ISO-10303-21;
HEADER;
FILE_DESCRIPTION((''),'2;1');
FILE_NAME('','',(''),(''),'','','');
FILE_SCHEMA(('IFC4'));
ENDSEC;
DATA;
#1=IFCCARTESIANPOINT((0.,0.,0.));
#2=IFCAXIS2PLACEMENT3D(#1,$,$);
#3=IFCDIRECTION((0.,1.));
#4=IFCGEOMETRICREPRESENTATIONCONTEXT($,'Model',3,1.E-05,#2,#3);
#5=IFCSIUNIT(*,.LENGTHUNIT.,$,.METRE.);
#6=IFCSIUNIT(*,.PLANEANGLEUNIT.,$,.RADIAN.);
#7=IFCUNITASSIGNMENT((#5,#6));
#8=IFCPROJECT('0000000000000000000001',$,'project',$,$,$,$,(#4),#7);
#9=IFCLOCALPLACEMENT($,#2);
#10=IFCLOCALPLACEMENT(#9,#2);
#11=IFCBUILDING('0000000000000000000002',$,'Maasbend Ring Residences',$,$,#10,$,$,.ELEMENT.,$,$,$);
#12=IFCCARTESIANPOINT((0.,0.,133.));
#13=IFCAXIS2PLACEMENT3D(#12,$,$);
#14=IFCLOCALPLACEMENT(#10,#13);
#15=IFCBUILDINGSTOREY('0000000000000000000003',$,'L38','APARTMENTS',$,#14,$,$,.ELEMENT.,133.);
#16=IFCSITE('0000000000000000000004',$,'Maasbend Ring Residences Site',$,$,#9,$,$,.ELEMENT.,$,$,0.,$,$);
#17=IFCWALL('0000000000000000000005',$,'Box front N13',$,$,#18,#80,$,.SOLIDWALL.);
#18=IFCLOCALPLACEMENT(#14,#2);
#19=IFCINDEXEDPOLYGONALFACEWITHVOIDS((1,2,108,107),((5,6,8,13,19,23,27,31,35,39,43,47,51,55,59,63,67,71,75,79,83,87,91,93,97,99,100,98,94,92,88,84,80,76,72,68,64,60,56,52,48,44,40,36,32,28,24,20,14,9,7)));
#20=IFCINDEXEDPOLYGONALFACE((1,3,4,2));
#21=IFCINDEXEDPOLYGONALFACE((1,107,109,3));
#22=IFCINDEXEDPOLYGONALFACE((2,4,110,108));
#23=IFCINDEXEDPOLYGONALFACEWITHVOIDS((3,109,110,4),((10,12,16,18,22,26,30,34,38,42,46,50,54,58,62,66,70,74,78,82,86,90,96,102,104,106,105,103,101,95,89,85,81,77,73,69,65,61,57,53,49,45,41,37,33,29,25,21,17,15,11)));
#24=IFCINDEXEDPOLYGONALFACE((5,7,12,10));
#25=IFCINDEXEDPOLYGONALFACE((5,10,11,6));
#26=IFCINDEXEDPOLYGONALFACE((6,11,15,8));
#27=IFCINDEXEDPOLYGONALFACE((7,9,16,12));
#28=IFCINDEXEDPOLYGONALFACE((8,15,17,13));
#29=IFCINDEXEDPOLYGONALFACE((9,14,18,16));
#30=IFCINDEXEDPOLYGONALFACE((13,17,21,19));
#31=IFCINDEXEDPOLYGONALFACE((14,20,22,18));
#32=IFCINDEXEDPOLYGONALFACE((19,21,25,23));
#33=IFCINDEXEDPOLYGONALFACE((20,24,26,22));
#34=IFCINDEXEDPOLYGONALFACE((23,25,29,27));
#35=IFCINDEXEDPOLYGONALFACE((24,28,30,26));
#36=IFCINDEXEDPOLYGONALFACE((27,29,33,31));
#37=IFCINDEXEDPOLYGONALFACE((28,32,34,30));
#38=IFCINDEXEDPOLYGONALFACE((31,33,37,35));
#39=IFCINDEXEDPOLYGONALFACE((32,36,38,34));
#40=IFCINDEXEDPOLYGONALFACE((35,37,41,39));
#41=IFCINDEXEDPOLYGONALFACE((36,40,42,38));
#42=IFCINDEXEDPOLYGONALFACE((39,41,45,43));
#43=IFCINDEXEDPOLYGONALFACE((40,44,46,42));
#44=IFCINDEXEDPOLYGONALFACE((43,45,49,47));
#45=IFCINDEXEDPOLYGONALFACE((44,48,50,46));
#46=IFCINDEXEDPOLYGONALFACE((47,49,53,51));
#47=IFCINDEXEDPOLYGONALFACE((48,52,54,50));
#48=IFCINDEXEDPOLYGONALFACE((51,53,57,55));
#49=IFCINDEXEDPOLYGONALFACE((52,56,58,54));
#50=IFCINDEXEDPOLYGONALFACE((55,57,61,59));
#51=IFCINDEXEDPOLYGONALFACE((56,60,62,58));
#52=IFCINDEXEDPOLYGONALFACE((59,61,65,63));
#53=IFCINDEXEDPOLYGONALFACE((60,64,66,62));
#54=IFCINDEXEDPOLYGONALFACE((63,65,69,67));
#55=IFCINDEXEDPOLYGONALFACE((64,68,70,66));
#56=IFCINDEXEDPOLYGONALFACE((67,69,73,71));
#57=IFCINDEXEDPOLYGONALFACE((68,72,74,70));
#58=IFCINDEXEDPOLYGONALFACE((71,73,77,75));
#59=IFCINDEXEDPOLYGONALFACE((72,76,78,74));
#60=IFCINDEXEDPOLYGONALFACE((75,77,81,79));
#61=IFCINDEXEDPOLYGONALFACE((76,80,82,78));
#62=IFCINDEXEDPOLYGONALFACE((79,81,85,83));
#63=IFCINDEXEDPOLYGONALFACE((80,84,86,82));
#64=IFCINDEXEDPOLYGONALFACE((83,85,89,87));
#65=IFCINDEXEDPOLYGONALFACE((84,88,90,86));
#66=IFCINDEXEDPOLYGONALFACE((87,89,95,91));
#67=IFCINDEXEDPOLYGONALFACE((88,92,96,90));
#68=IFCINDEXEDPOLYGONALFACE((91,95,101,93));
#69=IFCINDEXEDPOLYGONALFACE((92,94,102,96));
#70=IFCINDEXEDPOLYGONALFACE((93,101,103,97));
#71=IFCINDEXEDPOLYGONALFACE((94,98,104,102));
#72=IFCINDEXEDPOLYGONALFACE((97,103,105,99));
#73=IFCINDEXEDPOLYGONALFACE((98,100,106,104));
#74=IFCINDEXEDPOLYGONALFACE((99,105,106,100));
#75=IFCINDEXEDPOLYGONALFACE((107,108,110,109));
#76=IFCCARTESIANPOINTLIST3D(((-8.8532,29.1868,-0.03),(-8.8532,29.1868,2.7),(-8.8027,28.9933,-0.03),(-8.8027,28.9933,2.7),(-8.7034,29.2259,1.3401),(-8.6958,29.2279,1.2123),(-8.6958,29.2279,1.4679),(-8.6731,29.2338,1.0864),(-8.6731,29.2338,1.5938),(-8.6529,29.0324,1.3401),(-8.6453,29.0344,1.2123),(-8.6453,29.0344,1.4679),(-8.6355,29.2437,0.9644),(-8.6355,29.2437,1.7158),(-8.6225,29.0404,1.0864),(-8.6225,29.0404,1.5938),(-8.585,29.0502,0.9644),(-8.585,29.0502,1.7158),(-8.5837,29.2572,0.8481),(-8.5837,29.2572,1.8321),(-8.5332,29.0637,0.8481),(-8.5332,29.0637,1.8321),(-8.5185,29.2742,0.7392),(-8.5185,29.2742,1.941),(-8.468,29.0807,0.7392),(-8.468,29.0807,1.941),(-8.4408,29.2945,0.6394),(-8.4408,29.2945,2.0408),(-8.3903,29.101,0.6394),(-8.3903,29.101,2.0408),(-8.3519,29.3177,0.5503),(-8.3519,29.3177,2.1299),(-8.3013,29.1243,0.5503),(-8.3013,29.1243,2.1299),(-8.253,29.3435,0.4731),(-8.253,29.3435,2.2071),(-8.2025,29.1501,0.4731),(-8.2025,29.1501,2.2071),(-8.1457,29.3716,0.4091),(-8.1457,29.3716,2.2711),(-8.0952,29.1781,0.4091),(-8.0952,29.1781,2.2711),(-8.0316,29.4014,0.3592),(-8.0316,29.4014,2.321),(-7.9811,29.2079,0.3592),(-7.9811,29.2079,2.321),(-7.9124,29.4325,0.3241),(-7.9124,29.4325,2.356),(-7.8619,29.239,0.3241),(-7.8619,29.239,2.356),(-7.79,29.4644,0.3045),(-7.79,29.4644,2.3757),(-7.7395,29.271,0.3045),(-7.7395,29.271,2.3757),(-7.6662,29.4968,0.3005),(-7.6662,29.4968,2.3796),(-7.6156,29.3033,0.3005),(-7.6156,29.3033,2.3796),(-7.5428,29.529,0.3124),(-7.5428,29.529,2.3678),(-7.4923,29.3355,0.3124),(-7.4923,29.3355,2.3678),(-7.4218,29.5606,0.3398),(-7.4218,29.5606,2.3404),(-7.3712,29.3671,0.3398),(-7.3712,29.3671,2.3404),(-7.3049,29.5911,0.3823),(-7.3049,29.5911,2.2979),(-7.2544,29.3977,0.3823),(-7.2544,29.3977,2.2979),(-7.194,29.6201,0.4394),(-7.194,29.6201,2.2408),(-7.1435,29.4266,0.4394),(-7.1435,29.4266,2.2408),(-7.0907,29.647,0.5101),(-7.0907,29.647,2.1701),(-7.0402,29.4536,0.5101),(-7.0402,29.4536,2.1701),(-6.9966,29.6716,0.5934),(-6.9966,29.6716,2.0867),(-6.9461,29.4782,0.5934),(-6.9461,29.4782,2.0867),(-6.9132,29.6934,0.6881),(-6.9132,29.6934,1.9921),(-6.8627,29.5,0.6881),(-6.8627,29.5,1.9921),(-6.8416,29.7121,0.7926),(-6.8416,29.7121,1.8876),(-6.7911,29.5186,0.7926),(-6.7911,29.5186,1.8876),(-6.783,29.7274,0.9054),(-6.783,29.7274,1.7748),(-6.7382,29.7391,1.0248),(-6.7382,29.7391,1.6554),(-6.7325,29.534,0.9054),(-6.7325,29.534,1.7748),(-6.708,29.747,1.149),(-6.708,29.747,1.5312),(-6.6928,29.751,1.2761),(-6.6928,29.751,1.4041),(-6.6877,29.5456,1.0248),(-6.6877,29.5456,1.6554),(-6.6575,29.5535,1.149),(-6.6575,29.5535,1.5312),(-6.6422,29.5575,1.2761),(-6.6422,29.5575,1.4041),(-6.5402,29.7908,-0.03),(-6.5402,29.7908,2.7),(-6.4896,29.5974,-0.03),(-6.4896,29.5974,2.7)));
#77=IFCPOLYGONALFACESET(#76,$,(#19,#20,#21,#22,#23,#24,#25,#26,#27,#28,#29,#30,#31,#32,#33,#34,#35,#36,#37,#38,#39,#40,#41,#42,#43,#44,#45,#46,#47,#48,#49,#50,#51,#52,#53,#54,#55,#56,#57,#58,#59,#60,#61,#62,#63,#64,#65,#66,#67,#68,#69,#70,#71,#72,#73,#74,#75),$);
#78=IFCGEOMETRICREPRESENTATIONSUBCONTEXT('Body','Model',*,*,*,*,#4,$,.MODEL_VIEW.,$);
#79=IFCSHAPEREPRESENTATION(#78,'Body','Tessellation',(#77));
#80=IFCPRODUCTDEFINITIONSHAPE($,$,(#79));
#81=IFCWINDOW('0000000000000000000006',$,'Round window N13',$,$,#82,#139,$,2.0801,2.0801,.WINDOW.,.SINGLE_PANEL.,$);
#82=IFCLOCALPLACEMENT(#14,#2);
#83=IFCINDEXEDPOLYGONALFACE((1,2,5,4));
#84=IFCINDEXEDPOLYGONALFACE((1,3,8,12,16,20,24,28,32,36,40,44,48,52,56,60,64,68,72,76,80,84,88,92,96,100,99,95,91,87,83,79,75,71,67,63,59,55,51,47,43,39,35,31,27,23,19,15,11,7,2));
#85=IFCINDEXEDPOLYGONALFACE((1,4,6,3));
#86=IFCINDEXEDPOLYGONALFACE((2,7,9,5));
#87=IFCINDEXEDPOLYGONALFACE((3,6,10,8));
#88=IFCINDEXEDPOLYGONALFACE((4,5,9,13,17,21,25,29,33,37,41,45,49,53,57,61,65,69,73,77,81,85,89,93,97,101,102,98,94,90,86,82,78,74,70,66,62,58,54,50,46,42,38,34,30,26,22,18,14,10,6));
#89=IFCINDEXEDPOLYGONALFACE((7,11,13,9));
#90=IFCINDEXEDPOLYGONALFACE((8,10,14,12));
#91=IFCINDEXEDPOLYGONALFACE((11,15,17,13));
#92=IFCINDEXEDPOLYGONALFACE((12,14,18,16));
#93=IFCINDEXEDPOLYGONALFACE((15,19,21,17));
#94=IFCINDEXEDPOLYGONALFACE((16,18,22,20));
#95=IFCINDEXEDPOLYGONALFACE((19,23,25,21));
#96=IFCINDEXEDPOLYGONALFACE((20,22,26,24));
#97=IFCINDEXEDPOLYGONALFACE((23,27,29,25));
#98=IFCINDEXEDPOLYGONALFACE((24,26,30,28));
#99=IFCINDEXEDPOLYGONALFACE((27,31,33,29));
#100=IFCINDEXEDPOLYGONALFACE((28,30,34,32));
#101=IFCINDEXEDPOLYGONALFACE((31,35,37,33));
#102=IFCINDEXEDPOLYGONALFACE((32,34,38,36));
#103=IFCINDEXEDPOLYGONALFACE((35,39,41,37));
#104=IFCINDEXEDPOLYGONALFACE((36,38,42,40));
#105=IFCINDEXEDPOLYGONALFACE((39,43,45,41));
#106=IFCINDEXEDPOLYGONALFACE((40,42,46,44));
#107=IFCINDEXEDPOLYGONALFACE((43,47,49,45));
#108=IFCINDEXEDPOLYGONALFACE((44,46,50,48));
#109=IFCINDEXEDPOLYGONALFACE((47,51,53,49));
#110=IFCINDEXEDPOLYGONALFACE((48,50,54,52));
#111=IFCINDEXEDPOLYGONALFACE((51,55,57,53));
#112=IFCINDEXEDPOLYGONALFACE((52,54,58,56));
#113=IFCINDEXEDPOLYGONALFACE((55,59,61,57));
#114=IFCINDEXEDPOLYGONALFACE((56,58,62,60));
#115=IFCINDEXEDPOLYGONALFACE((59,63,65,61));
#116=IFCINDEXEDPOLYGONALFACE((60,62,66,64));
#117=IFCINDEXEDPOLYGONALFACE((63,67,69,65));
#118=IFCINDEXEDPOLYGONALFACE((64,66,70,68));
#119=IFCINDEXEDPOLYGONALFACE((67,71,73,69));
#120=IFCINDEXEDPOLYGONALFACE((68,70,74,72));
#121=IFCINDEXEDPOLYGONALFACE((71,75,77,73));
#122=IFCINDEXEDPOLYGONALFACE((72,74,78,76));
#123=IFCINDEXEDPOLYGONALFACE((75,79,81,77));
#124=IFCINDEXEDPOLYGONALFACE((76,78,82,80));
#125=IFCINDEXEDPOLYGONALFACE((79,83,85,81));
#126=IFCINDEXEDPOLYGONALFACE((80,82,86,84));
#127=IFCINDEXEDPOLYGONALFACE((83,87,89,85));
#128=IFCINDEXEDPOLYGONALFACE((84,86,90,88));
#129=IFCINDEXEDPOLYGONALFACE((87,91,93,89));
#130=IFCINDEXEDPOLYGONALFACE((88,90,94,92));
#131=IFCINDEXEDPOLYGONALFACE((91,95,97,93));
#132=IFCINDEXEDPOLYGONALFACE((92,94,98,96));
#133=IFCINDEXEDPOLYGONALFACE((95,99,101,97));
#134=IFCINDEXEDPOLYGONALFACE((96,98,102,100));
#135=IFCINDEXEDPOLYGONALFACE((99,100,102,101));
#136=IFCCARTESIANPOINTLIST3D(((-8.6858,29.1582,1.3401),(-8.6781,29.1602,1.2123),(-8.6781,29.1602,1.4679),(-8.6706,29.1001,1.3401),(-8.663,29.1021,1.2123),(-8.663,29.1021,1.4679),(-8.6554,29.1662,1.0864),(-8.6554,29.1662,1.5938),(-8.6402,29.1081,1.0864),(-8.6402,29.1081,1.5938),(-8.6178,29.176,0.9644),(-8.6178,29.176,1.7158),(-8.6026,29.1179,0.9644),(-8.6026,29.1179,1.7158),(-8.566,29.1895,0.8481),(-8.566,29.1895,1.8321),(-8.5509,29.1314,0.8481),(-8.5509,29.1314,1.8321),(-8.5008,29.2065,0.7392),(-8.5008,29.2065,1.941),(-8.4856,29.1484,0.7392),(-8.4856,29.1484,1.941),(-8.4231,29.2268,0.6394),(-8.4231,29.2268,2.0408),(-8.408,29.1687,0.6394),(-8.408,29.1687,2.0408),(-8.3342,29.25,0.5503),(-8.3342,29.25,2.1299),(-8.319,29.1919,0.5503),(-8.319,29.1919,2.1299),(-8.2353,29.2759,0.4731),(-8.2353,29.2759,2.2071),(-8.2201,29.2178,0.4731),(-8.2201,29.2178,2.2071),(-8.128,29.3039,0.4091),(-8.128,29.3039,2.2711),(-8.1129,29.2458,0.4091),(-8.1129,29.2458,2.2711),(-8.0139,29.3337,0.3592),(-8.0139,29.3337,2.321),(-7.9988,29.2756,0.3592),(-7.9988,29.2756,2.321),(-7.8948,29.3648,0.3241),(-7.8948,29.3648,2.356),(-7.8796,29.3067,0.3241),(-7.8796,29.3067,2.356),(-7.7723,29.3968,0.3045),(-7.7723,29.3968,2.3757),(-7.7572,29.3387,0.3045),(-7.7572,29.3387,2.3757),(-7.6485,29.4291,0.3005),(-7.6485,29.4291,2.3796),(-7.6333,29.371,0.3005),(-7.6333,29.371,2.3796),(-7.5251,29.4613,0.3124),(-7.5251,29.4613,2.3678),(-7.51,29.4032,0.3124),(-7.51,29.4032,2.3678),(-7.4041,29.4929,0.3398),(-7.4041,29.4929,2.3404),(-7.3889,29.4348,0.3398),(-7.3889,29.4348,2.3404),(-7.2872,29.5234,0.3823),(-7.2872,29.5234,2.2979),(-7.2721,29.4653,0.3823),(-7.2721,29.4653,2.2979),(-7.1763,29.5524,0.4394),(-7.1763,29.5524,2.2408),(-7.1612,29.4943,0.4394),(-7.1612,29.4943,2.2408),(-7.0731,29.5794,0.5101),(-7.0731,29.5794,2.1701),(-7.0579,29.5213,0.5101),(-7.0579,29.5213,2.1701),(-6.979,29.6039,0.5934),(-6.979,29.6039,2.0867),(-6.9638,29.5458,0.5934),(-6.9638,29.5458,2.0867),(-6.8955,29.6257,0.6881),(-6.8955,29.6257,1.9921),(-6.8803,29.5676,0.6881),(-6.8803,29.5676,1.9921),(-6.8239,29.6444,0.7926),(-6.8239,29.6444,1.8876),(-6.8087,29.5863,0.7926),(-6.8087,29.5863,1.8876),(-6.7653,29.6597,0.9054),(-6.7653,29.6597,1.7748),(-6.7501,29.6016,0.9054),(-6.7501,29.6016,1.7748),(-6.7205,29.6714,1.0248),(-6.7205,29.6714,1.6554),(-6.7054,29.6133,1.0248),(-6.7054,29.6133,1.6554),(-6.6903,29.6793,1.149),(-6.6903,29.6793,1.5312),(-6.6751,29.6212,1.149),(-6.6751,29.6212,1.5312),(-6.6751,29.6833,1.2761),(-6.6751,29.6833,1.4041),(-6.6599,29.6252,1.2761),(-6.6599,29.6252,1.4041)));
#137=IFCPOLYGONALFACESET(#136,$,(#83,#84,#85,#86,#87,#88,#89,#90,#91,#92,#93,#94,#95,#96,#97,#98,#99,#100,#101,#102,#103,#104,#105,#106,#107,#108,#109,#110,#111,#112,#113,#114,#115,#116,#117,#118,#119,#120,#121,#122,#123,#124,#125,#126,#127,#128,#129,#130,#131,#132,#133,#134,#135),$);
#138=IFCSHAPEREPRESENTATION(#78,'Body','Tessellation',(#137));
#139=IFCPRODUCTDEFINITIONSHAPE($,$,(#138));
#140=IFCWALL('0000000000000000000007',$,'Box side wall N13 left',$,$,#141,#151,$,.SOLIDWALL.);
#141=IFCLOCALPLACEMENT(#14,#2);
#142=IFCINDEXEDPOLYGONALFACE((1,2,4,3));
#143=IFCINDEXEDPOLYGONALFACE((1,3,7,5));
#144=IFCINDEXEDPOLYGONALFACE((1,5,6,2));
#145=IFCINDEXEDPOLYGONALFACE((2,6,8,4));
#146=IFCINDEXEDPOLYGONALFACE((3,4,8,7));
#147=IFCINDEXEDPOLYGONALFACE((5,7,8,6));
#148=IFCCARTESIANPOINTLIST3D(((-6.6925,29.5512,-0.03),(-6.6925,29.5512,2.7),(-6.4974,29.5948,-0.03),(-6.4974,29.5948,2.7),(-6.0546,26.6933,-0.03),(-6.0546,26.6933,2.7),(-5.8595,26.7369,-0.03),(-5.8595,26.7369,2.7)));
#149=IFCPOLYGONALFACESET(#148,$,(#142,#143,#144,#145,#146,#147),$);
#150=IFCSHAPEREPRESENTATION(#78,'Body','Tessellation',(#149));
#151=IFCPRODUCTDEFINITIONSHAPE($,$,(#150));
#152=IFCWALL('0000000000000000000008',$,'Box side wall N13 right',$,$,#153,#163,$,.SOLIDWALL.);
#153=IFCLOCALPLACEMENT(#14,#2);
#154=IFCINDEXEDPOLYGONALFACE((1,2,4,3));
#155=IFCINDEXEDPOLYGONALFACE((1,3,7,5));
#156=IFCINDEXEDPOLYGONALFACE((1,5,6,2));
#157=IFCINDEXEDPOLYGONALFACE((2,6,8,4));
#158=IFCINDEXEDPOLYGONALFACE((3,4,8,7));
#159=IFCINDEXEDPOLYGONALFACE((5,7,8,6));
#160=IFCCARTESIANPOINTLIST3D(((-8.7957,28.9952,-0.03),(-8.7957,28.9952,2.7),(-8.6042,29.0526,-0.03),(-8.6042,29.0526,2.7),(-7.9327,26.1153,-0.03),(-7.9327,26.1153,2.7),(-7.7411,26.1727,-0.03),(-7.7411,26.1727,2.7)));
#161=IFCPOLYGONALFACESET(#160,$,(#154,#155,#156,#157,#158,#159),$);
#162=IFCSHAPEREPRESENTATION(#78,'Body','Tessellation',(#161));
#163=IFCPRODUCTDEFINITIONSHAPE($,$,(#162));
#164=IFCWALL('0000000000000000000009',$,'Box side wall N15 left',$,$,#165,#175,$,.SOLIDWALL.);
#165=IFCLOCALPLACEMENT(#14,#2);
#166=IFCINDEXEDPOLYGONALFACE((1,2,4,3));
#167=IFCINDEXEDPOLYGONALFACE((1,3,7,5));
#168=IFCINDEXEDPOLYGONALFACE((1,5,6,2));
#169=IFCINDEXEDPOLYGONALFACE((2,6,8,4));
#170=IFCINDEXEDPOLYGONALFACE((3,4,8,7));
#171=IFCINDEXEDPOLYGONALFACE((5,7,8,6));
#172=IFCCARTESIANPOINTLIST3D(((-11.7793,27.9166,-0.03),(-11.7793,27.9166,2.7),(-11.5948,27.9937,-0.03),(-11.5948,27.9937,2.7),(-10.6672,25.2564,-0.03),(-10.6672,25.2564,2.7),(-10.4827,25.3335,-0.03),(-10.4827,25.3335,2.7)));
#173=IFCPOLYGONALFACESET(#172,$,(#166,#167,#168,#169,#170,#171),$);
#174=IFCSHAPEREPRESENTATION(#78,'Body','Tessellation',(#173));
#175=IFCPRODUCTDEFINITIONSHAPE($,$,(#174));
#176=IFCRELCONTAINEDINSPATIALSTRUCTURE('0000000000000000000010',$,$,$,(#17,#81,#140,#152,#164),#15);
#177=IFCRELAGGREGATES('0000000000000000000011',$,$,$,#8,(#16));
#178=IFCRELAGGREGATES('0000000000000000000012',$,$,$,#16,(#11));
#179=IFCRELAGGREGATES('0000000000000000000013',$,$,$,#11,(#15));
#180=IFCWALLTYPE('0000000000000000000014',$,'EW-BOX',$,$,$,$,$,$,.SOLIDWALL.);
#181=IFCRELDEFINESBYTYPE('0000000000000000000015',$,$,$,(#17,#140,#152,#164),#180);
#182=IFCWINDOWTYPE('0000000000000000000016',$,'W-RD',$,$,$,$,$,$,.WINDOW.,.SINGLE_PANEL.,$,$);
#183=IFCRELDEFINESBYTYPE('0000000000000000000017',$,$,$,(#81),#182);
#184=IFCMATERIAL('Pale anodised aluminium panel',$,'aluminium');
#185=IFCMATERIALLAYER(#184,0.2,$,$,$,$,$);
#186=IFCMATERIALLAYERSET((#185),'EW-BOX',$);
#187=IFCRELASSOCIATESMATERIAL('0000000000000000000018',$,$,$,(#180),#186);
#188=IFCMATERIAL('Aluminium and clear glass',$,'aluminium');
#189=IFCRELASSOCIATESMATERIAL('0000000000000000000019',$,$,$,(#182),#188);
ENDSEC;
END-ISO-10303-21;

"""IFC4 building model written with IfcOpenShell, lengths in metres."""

from ifc_helpers import new_model, si_unit, direction, frame, frame_2d, origin, place, context, subcontext, project, spatial, rectangle, circle, extrude, material, layer, layer_set, type_object, element, fill, save


model = new_model("IFC4")

# Units and contexts
model_context = context("Model", 3, precision=1e-05, world=origin(), true_north=direction((0.0, 1.0)))
body_context = subcontext(model_context, "Body", "Model", "MODEL_VIEW")
ifc_project = project(units=[si_unit("LENGTHUNIT", "METRE"), si_unit("PLANEANGLEUNIT", "RADIAN")], contexts=[model_context])

# Site, building, storey
site_placement = place(None, origin())
site = spatial("IfcSite", under=ifc_project, at=site_placement, Name="Maasbend Ring Residences Site", CompositionType="ELEMENT", RefElevation=0.0)
building_placement = place(site_placement, origin())
building = spatial("IfcBuilding", under=site, at=building_placement, Name="Maasbend Ring Residences", CompositionType="ELEMENT")
storey_placement = place(building_placement, frame((0.0, 0.0, 133.0)))
storey = spatial("IfcBuildingStorey", under=building, at=storey_placement, Name="L38", Description="APARTMENTS", CompositionType="ELEMENT", Elevation=133.0)

# Shared definitions
ifc_material_1 = material(Name="Pale anodised aluminium panel", Category="aluminium")
ifc_layer_1 = layer(ifc_material_1, 0.2)
ifc_layer_set_1 = layer_set([ifc_layer_1], Name="EW-BOX")
wall_type_1 = type_object("IfcWallType", Name="EW-BOX", PredefinedType="SOLIDWALL", material=ifc_layer_set_1)

# Wall, opening, window
wall_1_placement = place(storey_placement, frame((-6.5149, 29.6941, -0.03), z_axis=(0.0, 0.0, 1.0), x_axis=(-0.967554, -0.252663, 0.0)))
wall_1 = element("IfcWall", 1, at=wall_1_placement, inside=storey, type_object=wall_type_1, Name="Box front N13", PredefinedType="SOLIDWALL", context=body_context, shape_type="SweptSolid", body=[
    extrude(rectangle(XDim=2.3906, YDim=0.2, at=frame_2d((1.1953, 0.0))), origin(), (0.0, 0.0, 1.0), 2.73),
])
opening_1_placement = place(wall_1_placement, frame((0.1558, 0.0, 0.3301)))
opening_1 = element("IfcOpeningElement", 2, at=opening_1_placement, cuts=wall_1, PredefinedType="OPENING", context=body_context, shape_type="SweptSolid", body=[
    extrude(circle(Radius=1.04, at=frame_2d((1.04, 1.04))), frame((0.0, 0.1099, 0.0), z_axis=(0.0, -1.0, 0.0), x_axis=(1.0, 0.0, 0.0)), (0.0, 0.0, 1.0), 0.22),
])
ifc_material_2 = material(Name="Aluminium and clear glass", Category="aluminium")
window_type_1 = type_object("IfcWindowType", Name="W-RD", PartitioningType="SINGLE_PANEL", PredefinedType="WINDOW", material=ifc_material_2)
window_1_placement = place(opening_1_placement, origin())
window_1 = element("IfcWindow", 3, at=window_1_placement, inside=storey, type_object=window_type_1, Name="Round window N13", OverallHeight=2.0801, OverallWidth=2.0801, PartitioningType="SINGLE_PANEL", PredefinedType="WINDOW", context=body_context, shape_type="SweptSolid", body=[
    extrude(circle(Radius=1.04, at=frame_2d((1.04, 1.04))), frame((0.0, 0.03, 0.0), z_axis=(0.0, -1.0, 0.0), x_axis=(1.0, 0.0, 0.0)), (0.0, 0.0, 1.0), 0.0601),
])
fill(opening_1, window_1)

# Walls
wall_2_placement = place(storey_placement, frame((-5.957, 26.7151, -0.03), z_axis=(0.0, 0.0, 1.0), x_axis=(-0.217857, 0.975981, 0.0)))
element("IfcWall", 4, at=wall_2_placement, inside=storey, type_object=wall_type_1, Name="Box side wall N13 left", PredefinedType="SOLIDWALL", context=body_context, shape_type="SweptSolid", body=[
    extrude(rectangle(XDim=2.9282, YDim=0.2, at=frame_2d((1.4641, 0.0))), origin(), (0.0, 0.0, 1.0), 2.73),
])
wall_3_placement = place(storey_placement, frame((-7.8369, 26.144, -0.03), z_axis=(0.0, 0.0, 1.0), x_axis=(-0.287065, 0.957911, 0.0)))
element("IfcWall", 5, at=wall_3_placement, inside=storey, type_object=wall_type_1, Name="Box side wall N13 right", PredefinedType="SOLIDWALL", context=body_context, shape_type="SweptSolid", body=[
    extrude(rectangle(XDim=3.0063, YDim=0.2, at=frame_2d((1.5032, 0.0))), origin(), (0.0, 0.0, 1.0), 2.73),
])
wall_4_placement = place(storey_placement, frame((-10.575, 25.2949, -0.03), z_axis=(0.0, 0.0, 1.0), x_axis=(-0.385697, 0.922625, 0.0)))
element("IfcWall", 6, at=wall_4_placement, inside=storey, type_object=wall_type_1, Name="Box side wall N15 left", PredefinedType="SOLIDWALL", context=body_context, shape_type="SweptSolid", body=[
    extrude(rectangle(XDim=2.8833, YDim=0.2, at=frame_2d((1.4417, 0.0))), origin(), (0.0, 0.0, 1.0), 2.73),
])

save(model, "model.ifc")
